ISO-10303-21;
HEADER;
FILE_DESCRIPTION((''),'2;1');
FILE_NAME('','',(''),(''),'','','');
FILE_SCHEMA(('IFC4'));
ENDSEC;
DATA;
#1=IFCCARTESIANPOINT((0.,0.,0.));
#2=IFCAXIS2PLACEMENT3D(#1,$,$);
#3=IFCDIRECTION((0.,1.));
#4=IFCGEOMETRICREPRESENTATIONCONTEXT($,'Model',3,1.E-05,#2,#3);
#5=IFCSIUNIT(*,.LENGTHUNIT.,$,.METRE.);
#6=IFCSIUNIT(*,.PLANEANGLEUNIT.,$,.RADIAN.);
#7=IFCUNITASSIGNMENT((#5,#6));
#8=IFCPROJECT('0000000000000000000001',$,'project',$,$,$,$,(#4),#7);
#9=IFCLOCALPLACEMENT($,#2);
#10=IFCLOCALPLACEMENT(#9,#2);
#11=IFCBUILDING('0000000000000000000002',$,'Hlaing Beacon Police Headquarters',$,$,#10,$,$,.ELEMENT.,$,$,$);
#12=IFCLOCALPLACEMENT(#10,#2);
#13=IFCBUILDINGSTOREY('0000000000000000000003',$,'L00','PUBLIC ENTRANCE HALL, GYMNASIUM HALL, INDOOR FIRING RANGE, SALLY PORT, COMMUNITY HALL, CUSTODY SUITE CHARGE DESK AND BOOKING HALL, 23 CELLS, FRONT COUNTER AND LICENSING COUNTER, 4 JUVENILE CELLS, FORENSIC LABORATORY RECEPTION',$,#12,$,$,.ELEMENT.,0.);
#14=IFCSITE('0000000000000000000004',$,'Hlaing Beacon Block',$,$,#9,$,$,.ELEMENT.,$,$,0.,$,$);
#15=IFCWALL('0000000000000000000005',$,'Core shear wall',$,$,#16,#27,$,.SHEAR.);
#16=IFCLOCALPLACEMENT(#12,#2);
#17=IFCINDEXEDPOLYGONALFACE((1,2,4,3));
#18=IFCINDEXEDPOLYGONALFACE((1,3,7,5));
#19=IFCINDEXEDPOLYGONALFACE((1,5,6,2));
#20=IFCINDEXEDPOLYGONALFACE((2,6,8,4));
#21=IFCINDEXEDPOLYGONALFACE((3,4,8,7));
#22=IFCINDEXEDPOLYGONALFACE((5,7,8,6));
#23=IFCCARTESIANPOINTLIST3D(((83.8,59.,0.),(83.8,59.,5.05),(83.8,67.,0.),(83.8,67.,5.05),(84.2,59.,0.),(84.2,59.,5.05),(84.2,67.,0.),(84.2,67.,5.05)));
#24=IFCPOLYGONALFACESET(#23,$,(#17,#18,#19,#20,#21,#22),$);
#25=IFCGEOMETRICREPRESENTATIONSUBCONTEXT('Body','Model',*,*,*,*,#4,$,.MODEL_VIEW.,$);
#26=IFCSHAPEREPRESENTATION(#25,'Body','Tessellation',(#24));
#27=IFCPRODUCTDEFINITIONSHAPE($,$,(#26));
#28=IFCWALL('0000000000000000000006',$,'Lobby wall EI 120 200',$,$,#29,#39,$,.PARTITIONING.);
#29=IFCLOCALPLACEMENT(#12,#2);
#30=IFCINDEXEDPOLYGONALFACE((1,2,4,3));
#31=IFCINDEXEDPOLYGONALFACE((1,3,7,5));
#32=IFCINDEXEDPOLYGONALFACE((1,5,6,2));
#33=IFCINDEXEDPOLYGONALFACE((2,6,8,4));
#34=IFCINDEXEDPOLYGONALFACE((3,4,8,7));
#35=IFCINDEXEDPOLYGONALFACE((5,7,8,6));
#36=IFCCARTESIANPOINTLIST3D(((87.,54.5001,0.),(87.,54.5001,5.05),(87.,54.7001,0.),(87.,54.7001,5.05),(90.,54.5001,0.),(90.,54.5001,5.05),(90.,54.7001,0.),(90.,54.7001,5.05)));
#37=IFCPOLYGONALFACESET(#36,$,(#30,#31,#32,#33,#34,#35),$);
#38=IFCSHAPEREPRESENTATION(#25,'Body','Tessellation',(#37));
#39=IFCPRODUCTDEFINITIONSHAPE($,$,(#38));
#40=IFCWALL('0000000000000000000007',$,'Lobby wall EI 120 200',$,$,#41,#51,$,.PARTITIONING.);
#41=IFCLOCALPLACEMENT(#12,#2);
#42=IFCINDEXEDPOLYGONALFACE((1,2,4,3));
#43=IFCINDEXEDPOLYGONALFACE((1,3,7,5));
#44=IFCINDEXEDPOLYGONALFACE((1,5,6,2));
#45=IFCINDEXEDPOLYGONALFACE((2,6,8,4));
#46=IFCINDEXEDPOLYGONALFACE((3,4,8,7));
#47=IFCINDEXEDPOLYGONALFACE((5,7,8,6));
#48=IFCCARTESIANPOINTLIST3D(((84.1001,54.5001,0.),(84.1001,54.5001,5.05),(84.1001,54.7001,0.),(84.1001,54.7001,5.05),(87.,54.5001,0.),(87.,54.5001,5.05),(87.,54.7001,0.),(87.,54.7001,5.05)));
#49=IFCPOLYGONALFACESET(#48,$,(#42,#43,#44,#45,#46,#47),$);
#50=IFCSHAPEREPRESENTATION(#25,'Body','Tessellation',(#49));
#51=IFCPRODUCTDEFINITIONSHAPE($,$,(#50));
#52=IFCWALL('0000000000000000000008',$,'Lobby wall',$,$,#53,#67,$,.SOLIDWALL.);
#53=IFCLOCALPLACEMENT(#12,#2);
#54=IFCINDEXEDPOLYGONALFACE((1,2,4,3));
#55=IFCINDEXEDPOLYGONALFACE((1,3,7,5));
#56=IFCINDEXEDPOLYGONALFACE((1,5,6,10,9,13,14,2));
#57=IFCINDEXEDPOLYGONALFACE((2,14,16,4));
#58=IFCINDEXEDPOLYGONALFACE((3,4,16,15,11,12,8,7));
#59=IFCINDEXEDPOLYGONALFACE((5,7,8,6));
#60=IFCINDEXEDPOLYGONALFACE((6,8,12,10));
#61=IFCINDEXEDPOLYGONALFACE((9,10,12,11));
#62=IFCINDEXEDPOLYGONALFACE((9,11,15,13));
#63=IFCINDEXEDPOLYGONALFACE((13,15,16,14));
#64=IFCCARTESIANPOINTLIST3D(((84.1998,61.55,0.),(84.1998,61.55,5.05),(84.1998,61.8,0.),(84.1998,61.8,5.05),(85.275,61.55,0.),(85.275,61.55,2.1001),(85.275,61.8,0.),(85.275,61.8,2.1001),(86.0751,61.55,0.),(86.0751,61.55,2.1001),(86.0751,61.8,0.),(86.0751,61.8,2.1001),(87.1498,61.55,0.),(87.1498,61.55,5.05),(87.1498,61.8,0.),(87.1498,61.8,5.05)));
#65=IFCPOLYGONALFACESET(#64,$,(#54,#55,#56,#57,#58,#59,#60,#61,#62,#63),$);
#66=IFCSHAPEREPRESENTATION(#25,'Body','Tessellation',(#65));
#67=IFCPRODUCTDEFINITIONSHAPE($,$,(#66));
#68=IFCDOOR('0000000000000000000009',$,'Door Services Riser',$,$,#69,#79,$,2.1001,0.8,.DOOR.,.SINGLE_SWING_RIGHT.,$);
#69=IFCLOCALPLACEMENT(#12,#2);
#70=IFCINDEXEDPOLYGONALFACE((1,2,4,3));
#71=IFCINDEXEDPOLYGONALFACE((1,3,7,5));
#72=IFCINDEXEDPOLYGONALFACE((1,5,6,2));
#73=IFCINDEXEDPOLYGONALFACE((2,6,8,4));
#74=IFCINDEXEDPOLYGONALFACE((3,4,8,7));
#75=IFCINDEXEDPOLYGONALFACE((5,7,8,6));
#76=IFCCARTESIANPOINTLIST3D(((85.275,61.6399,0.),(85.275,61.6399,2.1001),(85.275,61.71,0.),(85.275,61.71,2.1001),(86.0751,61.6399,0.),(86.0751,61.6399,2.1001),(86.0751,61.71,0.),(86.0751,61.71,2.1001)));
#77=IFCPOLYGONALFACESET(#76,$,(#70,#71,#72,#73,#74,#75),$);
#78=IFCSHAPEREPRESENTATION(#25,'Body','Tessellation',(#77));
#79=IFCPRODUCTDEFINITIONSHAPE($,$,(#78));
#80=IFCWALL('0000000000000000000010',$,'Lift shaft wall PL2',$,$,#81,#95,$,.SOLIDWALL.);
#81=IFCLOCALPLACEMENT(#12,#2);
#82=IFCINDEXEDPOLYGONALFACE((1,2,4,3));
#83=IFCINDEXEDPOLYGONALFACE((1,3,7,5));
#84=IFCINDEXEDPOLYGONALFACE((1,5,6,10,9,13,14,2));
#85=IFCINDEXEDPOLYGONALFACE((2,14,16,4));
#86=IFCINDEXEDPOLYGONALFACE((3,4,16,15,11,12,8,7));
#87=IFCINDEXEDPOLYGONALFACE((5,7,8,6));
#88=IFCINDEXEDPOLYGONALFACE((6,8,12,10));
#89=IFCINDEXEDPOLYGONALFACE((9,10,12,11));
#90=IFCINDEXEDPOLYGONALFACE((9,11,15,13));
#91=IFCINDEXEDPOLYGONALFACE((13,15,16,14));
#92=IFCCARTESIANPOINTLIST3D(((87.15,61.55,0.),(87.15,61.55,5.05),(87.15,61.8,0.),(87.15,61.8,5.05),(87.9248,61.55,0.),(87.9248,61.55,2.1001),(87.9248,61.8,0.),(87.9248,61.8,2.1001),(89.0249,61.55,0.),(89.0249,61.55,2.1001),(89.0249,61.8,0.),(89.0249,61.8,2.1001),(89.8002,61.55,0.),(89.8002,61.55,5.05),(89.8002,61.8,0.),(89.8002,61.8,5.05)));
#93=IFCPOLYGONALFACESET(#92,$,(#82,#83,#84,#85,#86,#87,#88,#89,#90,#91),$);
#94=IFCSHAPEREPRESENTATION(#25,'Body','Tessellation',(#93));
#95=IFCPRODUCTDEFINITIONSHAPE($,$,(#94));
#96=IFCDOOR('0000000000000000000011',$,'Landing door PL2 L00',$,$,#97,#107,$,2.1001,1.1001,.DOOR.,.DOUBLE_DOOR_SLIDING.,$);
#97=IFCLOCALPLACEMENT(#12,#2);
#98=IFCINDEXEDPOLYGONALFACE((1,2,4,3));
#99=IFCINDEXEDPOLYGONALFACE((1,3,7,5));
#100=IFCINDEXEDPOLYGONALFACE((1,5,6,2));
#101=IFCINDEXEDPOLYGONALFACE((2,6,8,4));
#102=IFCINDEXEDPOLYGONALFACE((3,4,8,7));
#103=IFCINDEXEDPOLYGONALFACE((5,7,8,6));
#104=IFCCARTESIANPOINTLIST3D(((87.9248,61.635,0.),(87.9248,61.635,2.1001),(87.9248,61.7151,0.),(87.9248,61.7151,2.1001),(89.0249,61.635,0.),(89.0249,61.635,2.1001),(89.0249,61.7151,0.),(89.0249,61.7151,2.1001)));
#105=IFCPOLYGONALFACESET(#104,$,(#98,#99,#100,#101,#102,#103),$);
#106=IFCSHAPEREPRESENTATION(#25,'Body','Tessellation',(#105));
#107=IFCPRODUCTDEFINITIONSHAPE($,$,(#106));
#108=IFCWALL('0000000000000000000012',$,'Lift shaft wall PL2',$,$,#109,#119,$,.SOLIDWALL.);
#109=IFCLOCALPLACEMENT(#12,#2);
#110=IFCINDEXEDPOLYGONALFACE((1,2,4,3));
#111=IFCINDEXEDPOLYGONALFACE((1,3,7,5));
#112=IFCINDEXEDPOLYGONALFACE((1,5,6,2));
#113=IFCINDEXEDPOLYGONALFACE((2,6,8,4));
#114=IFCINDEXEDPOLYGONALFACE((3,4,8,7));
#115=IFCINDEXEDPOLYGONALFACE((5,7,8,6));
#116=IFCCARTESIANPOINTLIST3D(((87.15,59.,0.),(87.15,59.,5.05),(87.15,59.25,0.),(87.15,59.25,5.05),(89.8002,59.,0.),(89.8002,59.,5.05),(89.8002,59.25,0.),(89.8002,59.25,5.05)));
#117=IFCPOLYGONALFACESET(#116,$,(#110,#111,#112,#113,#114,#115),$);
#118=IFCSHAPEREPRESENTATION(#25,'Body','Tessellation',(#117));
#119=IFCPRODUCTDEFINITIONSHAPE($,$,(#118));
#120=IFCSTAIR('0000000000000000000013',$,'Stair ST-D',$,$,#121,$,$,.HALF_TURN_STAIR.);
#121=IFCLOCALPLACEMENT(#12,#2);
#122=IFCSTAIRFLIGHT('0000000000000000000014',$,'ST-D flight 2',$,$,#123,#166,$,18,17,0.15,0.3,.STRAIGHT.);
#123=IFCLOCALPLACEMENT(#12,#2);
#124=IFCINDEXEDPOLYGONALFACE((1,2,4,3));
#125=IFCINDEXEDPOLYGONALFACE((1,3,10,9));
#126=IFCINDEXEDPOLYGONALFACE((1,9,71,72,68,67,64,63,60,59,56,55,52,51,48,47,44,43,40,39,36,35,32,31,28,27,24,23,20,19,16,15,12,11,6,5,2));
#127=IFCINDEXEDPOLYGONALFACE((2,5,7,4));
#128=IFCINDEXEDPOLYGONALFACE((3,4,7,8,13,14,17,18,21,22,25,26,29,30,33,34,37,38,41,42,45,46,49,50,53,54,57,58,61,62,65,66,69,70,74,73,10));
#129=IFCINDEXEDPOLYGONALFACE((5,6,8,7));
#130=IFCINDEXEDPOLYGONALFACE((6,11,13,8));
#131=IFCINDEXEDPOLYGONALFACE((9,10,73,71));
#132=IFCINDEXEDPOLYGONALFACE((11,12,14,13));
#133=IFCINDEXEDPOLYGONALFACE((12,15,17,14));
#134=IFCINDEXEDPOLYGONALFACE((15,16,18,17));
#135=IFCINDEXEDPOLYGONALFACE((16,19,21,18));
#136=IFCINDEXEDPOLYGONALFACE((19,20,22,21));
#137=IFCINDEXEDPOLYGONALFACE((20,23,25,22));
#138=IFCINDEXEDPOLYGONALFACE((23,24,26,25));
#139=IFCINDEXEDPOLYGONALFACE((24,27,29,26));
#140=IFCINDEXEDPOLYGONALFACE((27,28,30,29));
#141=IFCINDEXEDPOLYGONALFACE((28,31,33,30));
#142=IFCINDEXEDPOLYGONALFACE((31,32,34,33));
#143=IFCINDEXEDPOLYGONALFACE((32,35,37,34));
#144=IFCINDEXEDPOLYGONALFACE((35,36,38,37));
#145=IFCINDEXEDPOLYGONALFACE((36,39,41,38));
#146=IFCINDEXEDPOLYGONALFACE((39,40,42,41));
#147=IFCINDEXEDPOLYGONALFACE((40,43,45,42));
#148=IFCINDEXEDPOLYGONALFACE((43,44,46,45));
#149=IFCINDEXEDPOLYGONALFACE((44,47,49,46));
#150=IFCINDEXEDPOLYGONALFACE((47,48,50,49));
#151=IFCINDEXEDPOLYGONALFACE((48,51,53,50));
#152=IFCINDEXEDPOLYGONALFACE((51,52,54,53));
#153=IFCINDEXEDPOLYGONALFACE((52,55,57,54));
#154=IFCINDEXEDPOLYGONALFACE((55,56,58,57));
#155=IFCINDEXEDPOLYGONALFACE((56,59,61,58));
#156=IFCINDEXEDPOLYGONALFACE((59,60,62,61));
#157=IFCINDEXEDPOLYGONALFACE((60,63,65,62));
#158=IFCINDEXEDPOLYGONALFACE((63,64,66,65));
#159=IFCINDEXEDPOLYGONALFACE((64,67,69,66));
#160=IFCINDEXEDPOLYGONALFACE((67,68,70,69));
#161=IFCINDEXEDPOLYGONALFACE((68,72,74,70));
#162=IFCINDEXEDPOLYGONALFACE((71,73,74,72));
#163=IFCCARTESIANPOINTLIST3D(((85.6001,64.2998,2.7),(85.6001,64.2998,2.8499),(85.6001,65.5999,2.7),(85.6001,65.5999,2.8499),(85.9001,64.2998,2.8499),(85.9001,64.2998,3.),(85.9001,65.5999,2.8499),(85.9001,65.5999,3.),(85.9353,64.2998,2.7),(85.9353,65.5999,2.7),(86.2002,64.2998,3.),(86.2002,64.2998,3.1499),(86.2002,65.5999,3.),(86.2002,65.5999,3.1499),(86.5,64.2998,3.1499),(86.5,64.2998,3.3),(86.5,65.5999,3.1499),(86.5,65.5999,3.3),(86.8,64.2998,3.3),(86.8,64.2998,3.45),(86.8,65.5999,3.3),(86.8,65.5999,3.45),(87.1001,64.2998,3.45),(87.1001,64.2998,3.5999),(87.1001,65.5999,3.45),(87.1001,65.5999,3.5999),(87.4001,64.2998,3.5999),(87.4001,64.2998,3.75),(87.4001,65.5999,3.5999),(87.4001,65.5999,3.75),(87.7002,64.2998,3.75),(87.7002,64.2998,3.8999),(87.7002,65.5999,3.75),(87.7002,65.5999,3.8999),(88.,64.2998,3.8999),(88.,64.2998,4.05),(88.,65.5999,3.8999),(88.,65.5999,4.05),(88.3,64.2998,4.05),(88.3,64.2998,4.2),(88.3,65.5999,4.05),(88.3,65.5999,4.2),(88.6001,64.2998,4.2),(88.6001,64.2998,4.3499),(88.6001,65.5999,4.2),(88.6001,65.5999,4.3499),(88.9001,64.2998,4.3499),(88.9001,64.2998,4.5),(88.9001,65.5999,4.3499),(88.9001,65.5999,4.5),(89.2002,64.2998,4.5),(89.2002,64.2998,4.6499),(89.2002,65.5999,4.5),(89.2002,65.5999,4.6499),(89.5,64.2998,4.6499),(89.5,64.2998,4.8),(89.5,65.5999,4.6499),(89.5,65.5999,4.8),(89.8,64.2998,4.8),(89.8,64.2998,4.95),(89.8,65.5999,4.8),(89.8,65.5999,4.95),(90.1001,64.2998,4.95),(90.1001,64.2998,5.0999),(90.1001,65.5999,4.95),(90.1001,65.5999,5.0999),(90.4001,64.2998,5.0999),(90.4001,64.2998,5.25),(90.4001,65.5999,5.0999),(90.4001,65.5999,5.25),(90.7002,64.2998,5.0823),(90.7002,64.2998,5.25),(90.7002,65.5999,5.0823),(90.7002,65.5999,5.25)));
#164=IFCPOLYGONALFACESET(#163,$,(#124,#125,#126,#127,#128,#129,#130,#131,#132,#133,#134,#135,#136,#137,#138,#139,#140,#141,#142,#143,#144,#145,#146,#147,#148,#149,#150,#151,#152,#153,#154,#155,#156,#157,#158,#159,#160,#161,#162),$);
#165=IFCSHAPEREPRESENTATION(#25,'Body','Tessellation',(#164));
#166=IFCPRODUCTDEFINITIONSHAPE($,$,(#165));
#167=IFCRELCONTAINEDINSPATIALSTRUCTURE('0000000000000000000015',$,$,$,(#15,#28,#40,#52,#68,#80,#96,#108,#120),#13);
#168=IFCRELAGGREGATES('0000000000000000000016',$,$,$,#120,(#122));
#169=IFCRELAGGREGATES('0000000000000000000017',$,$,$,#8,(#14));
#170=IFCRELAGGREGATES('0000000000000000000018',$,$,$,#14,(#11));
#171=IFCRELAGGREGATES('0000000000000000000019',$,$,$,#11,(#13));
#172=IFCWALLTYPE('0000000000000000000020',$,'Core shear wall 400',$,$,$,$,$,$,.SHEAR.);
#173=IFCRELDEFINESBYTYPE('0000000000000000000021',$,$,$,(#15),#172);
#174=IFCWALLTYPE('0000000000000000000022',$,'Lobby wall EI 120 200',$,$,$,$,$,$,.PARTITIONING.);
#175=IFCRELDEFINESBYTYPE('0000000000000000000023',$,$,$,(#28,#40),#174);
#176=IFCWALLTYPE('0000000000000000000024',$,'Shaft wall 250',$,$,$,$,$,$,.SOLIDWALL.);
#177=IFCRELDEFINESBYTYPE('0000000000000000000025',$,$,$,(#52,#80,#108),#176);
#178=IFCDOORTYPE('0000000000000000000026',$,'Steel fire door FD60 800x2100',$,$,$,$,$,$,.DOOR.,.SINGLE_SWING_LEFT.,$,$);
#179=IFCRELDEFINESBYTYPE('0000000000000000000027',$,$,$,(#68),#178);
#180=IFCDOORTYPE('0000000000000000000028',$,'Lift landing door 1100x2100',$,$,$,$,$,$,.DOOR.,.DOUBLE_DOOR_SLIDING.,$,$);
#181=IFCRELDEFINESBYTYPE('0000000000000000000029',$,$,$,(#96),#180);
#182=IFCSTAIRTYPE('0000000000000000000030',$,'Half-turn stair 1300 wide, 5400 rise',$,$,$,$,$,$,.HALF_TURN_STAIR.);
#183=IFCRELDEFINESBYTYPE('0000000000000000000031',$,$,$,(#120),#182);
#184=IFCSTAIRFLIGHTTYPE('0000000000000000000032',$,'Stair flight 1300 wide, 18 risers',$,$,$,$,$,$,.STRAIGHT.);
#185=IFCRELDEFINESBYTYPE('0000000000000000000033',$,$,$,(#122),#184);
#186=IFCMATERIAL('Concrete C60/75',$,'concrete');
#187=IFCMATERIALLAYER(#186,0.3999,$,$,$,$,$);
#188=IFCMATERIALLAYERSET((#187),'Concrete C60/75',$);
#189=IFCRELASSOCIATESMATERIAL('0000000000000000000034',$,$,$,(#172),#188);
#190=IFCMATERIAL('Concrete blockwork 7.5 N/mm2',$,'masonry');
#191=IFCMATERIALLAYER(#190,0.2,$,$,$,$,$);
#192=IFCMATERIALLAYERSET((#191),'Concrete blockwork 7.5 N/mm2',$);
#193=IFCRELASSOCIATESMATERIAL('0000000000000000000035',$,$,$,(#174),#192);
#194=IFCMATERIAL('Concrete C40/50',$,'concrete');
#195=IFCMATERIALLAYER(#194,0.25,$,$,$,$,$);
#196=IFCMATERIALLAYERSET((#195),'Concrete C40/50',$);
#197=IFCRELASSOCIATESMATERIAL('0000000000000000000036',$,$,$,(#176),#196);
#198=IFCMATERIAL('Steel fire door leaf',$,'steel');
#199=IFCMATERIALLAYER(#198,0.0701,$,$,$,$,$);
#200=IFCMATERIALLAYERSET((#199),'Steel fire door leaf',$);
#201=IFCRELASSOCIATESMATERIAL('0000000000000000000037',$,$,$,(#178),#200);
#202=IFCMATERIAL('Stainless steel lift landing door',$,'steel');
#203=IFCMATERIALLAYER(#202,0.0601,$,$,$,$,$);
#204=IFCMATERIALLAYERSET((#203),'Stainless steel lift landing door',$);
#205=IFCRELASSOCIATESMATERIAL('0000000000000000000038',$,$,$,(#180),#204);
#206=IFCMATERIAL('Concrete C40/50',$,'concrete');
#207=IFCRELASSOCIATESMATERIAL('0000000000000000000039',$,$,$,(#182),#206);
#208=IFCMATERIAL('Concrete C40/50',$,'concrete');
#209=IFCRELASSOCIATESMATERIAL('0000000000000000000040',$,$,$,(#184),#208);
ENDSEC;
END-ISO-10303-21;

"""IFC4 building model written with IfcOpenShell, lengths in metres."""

from ifc_helpers import new_model, si_unit, direction, frame, frame_2d, origin, place, context, subcontext, project, spatial, polyline, rectangle, outline, extrude, material, layer, layer_set, type_object, element, fill, aggregate, save


model = new_model("IFC4")

# Units and contexts
model_context = context("Model", 3, precision=1e-05, world=origin(), true_north=direction((0.0, 1.0)))
body_context = subcontext(model_context, "Body", "Model", "MODEL_VIEW")
ifc_project = project(units=[si_unit("LENGTHUNIT", "METRE"), si_unit("PLANEANGLEUNIT", "RADIAN")], contexts=[model_context])

# Site, building, storey
site_placement = place(None, origin())
site = spatial("IfcSite", under=ifc_project, at=site_placement, Name="Hlaing Beacon Block", CompositionType="ELEMENT", RefElevation=0.0)
building_placement = place(site_placement, origin())
building = spatial("IfcBuilding", under=site, at=building_placement, Name="Hlaing Beacon Police Headquarters", CompositionType="ELEMENT")
storey_placement = place(building_placement, origin())
storey = spatial("IfcBuildingStorey", under=building, at=storey_placement, Name="L00", Description="PUBLIC ENTRANCE HALL, GYMNASIUM HALL, INDOOR FIRING RANGE, SALLY PORT, COMMUNITY HALL, CUSTODY SUITE CHARGE DESK AND BOOKING HALL, 23 CELLS, FRONT COUNTER AND LICENSING COUNTER, 4 JUVENILE CELLS, FORENSIC LABORATORY RECEPTION", CompositionType="ELEMENT", Elevation=0.0)

# Walls
ifc_material_1 = material(Name="Concrete C60/75", Category="concrete")
ifc_layer_1 = layer(ifc_material_1, 0.3999)
ifc_layer_set_1 = layer_set([ifc_layer_1], Name="Concrete C60/75")
wall_type_1 = type_object("IfcWallType", Name="Core shear wall 400", PredefinedType="SHEAR", material=ifc_layer_set_1)
wall_1_placement = place(storey_placement, frame((84.0, 59.0, 0.0), z_axis=(0.0, 0.0, 1.0), x_axis=(0.0, 1.0, 0.0)))
element("IfcWall", 1, at=wall_1_placement, inside=storey, type_object=wall_type_1, Name="Core shear wall", PredefinedType="SHEAR", context=body_context, shape_type="SweptSolid", body=[
    extrude(rectangle(XDim=8.0, YDim=0.3999, at=frame_2d((4.0, 0.0))), origin(), (0.0, 0.0, 1.0), 5.05),
])
ifc_material_2 = material(Name="Concrete blockwork 7.5 N/mm2", Category="masonry")
ifc_layer_2 = layer(ifc_material_2, 0.2)
ifc_layer_set_2 = layer_set([ifc_layer_2], Name="Concrete blockwork 7.5 N/mm2")
wall_type_2 = type_object("IfcWallType", Name="Lobby wall EI 120 200", PredefinedType="PARTITIONING", material=ifc_layer_set_2)
wall_2_placement = place(storey_placement, frame((87.0, 54.6001, 0.0), z_axis=(0.0, 0.0, 1.0), x_axis=(1.0, 0.0, 0.0)))
element("IfcWall", 2, at=wall_2_placement, inside=storey, type_object=wall_type_2, Name="Lobby wall EI 120 200", PredefinedType="PARTITIONING", context=body_context, shape_type="SweptSolid", body=[
    extrude(rectangle(XDim=3.0, YDim=0.2, at=frame_2d((1.5, 0.0))), origin(), (0.0, 0.0, 1.0), 5.05),
])
wall_3_placement = place(storey_placement, frame((84.1001, 54.6001, 0.0), z_axis=(0.0, 0.0, 1.0), x_axis=(1.0, 0.0, 0.0)))
element("IfcWall", 3, at=wall_3_placement, inside=storey, type_object=wall_type_2, Name="Lobby wall EI 120 200", PredefinedType="PARTITIONING", context=body_context, shape_type="SweptSolid", body=[
    extrude(rectangle(XDim=2.8999, YDim=0.2, at=frame_2d((1.45, 0.0))), origin(), (0.0, 0.0, 1.0), 5.05),
])

# Walls, openings, doors
ifc_material_3 = material(Name="Concrete C40/50", Category="concrete")
ifc_layer_3 = layer(ifc_material_3, 0.25)
ifc_layer_set_3 = layer_set([ifc_layer_3], Name="Concrete C40/50")
wall_type_3 = type_object("IfcWallType", Name="Shaft wall 250", PredefinedType="SOLIDWALL", material=ifc_layer_set_3)
wall_4_placement = place(storey_placement, frame((87.1499, 61.675, 0.0), z_axis=(0.0, 0.0, 1.0), x_axis=(-1.0, 0.0, 0.0)))
wall_4 = element("IfcWall", 4, at=wall_4_placement, inside=storey, type_object=wall_type_3, Name="Lobby wall", PredefinedType="SOLIDWALL", context=body_context, shape_type="SweptSolid", body=[
    extrude(rectangle(XDim=2.95, YDim=0.25, at=frame_2d((1.4751, 0.0))), origin(), (0.0, 0.0, 1.0), 5.05),
])
opening_1_placement = place(wall_4_placement, frame((1.075, 0.0, 0.0)))
opening_1 = element("IfcOpeningElement", 5, at=opening_1_placement, cuts=wall_4, PredefinedType="OPENING", context=body_context, shape_type="SweptSolid", body=[
    extrude(rectangle(XDim=0.8, YDim=2.1001, at=frame_2d((0.3999, 1.05))), frame((0.0, 0.135, 0.0), z_axis=(0.0, -1.0, 0.0), x_axis=(1.0, 0.0, 0.0)), (0.0, 0.0, 1.0), 0.27),
])
ifc_material_4 = material(Name="Steel fire door leaf", Category="steel")
ifc_layer_4 = layer(ifc_material_4, 0.0701)
ifc_layer_set_4 = layer_set([ifc_layer_4], Name="Steel fire door leaf")
door_type_1 = type_object("IfcDoorType", Name="Steel fire door FD60 800x2100", OperationType="SINGLE_SWING_LEFT", PredefinedType="DOOR", material=ifc_layer_set_4)
door_1_placement = place(opening_1_placement, origin())
door_1 = element("IfcDoor", 6, at=door_1_placement, inside=storey, type_object=door_type_1, Name="Door Services Riser", OperationType="SINGLE_SWING_RIGHT", OverallHeight=2.1001, OverallWidth=0.8, PredefinedType="DOOR", context=body_context, shape_type="SweptSolid", body=[
    extrude(rectangle(XDim=0.8, YDim=2.1001, at=frame_2d((0.3999, 1.05))), frame((0.0, 0.0352, 0.0), z_axis=(0.0, -1.0, 0.0), x_axis=(1.0, 0.0, 0.0)), (0.0, 0.0, 1.0), 0.0701),
])
fill(opening_1, door_1)
wall_5_placement = place(storey_placement, frame((87.1499, 61.675, 0.0), z_axis=(0.0, 0.0, 1.0), x_axis=(1.0, 0.0, 0.0)))
wall_5 = element("IfcWall", 7, at=wall_5_placement, inside=storey, type_object=wall_type_3, Name="Lift shaft wall PL2", PredefinedType="SOLIDWALL", context=body_context, shape_type="SweptSolid", body=[
    extrude(rectangle(XDim=2.6501, YDim=0.25, at=frame_2d((1.3252, 0.0))), origin(), (0.0, 0.0, 1.0), 5.05),
])
opening_2_placement = place(wall_5_placement, frame((0.7749, 0.0, 0.0)))
opening_2 = element("IfcOpeningElement", 8, at=opening_2_placement, cuts=wall_5, PredefinedType="OPENING", context=body_context, shape_type="SweptSolid", body=[
    extrude(rectangle(XDim=1.1001, YDim=2.1001, at=frame_2d((0.55, 1.05))), frame((0.0, 0.135, 0.0), z_axis=(0.0, -1.0, 0.0), x_axis=(1.0, 0.0, 0.0)), (0.0, 0.0, 1.0), 0.27),
])
ifc_material_5 = material(Name="Stainless steel lift landing door", Category="steel")
ifc_layer_5 = layer(ifc_material_5, 0.0601)
ifc_layer_set_5 = layer_set([ifc_layer_5], Name="Stainless steel lift landing door")
door_type_2 = type_object("IfcDoorType", Name="Lift landing door 1100x2100", OperationType="DOUBLE_DOOR_SLIDING", PredefinedType="DOOR", material=ifc_layer_set_5)
door_2_placement = place(opening_2_placement, origin())
door_2 = element("IfcDoor", 9, at=door_2_placement, inside=storey, type_object=door_type_2, Name="Landing door PL2 L00", OperationType="DOUBLE_DOOR_SLIDING", OverallHeight=2.1001, OverallWidth=1.1001, PredefinedType="DOOR", context=body_context, shape_type="SweptSolid", body=[
    extrude(rectangle(XDim=1.1001, YDim=2.1001, at=frame_2d((0.55, 1.05))), frame((0.0, 0.04, 0.0), z_axis=(0.0, -1.0, 0.0), x_axis=(1.0, 0.0, 0.0)), (0.0, 0.0, 1.0), 0.0801),
])
fill(opening_2, door_2)

# Wall
wall_6_placement = place(storey_placement, frame((87.1499, 59.125, 0.0), z_axis=(0.0, 0.0, 1.0), x_axis=(1.0, 0.0, 0.0)))
element("IfcWall", 10, at=wall_6_placement, inside=storey, type_object=wall_type_3, Name="Lift shaft wall PL2", PredefinedType="SOLIDWALL", context=body_context, shape_type="SweptSolid", body=[
    extrude(rectangle(XDim=2.6501, YDim=0.25, at=frame_2d((1.3252, 0.0))), origin(), (0.0, 0.0, 1.0), 5.05),
])

# Stair, stair flight
ifc_material_6 = material(Name="Concrete C40/50", Category="concrete")
stair_type = type_object("IfcStairType", Name="Half-turn stair 1300 wide, 5400 rise", PredefinedType="HALF_TURN_STAIR", material=ifc_material_6)
stair_placement = place(storey_placement, origin())
stair = element("IfcStair", 11, at=stair_placement, inside=storey, type_object=stair_type, Name="Stair ST-D", PredefinedType="HALF_TURN_STAIR")
ifc_material_7 = material(Name="Concrete C40/50", Category="concrete")
stair_flight_type = type_object("IfcStairFlightType", Name="Stair flight 1300 wide, 18 risers", PredefinedType="STRAIGHT", material=ifc_material_7)
stair_flight_placement = place(storey_placement, frame((85.6001, 64.95, 2.7), z_axis=(0.0, 0.0, 1.0), x_axis=(1.0, 0.0, 0.0)))
stair_flight = element("IfcStairFlight", 12, at=stair_flight_placement, type_object=stair_flight_type, Name="ST-D flight 2", NumberOfRisers=18, NumberOfTreads=17, PredefinedType="STRAIGHT", RiserHeight=0.15, TreadLength=0.3, context=body_context, shape_type="SweptSolid", body=[
    extrude(outline(polyline([(0.0, 0.0), (0.0, 0.1499), (0.3, 0.1499), (0.3, 0.3), (0.6001, 0.3), (0.6001, 0.45), (0.8999, 0.45), (0.8999, 0.6001), (1.2, 0.6001), (1.2, 0.75), (1.5, 0.75), (1.5, 0.8999), (1.8, 0.8999), (1.8, 1.05), (2.1001, 1.05), (2.1001, 1.2), (2.3999, 1.2), (2.3999, 1.3501), (2.7, 1.3501), (2.7, 1.5), (3.0, 1.5), (3.0, 1.6499), (3.3, 1.6499), (3.3, 1.8), (3.6001, 1.8), (3.6001, 1.95), (3.8999, 1.95), (3.8999, 2.1001), (4.2, 2.1001), (4.2, 2.25), (4.5, 2.25), (4.5, 2.3999), (4.8, 2.3999), (4.8, 2.55), (5.1001, 2.55), (5.1001, 2.7), (5.1001, 2.3823), (0.3352, 0.0), (0.0, 0.0)])), frame((0.0, 0.6499, 0.0), z_axis=(0.0, -1.0, 0.0), x_axis=(1.0, 0.0, 0.0)), (0.0, 0.0, 1.0), 1.3),
])
aggregate(stair, [stair_flight])

save(model, "model.ifc")
